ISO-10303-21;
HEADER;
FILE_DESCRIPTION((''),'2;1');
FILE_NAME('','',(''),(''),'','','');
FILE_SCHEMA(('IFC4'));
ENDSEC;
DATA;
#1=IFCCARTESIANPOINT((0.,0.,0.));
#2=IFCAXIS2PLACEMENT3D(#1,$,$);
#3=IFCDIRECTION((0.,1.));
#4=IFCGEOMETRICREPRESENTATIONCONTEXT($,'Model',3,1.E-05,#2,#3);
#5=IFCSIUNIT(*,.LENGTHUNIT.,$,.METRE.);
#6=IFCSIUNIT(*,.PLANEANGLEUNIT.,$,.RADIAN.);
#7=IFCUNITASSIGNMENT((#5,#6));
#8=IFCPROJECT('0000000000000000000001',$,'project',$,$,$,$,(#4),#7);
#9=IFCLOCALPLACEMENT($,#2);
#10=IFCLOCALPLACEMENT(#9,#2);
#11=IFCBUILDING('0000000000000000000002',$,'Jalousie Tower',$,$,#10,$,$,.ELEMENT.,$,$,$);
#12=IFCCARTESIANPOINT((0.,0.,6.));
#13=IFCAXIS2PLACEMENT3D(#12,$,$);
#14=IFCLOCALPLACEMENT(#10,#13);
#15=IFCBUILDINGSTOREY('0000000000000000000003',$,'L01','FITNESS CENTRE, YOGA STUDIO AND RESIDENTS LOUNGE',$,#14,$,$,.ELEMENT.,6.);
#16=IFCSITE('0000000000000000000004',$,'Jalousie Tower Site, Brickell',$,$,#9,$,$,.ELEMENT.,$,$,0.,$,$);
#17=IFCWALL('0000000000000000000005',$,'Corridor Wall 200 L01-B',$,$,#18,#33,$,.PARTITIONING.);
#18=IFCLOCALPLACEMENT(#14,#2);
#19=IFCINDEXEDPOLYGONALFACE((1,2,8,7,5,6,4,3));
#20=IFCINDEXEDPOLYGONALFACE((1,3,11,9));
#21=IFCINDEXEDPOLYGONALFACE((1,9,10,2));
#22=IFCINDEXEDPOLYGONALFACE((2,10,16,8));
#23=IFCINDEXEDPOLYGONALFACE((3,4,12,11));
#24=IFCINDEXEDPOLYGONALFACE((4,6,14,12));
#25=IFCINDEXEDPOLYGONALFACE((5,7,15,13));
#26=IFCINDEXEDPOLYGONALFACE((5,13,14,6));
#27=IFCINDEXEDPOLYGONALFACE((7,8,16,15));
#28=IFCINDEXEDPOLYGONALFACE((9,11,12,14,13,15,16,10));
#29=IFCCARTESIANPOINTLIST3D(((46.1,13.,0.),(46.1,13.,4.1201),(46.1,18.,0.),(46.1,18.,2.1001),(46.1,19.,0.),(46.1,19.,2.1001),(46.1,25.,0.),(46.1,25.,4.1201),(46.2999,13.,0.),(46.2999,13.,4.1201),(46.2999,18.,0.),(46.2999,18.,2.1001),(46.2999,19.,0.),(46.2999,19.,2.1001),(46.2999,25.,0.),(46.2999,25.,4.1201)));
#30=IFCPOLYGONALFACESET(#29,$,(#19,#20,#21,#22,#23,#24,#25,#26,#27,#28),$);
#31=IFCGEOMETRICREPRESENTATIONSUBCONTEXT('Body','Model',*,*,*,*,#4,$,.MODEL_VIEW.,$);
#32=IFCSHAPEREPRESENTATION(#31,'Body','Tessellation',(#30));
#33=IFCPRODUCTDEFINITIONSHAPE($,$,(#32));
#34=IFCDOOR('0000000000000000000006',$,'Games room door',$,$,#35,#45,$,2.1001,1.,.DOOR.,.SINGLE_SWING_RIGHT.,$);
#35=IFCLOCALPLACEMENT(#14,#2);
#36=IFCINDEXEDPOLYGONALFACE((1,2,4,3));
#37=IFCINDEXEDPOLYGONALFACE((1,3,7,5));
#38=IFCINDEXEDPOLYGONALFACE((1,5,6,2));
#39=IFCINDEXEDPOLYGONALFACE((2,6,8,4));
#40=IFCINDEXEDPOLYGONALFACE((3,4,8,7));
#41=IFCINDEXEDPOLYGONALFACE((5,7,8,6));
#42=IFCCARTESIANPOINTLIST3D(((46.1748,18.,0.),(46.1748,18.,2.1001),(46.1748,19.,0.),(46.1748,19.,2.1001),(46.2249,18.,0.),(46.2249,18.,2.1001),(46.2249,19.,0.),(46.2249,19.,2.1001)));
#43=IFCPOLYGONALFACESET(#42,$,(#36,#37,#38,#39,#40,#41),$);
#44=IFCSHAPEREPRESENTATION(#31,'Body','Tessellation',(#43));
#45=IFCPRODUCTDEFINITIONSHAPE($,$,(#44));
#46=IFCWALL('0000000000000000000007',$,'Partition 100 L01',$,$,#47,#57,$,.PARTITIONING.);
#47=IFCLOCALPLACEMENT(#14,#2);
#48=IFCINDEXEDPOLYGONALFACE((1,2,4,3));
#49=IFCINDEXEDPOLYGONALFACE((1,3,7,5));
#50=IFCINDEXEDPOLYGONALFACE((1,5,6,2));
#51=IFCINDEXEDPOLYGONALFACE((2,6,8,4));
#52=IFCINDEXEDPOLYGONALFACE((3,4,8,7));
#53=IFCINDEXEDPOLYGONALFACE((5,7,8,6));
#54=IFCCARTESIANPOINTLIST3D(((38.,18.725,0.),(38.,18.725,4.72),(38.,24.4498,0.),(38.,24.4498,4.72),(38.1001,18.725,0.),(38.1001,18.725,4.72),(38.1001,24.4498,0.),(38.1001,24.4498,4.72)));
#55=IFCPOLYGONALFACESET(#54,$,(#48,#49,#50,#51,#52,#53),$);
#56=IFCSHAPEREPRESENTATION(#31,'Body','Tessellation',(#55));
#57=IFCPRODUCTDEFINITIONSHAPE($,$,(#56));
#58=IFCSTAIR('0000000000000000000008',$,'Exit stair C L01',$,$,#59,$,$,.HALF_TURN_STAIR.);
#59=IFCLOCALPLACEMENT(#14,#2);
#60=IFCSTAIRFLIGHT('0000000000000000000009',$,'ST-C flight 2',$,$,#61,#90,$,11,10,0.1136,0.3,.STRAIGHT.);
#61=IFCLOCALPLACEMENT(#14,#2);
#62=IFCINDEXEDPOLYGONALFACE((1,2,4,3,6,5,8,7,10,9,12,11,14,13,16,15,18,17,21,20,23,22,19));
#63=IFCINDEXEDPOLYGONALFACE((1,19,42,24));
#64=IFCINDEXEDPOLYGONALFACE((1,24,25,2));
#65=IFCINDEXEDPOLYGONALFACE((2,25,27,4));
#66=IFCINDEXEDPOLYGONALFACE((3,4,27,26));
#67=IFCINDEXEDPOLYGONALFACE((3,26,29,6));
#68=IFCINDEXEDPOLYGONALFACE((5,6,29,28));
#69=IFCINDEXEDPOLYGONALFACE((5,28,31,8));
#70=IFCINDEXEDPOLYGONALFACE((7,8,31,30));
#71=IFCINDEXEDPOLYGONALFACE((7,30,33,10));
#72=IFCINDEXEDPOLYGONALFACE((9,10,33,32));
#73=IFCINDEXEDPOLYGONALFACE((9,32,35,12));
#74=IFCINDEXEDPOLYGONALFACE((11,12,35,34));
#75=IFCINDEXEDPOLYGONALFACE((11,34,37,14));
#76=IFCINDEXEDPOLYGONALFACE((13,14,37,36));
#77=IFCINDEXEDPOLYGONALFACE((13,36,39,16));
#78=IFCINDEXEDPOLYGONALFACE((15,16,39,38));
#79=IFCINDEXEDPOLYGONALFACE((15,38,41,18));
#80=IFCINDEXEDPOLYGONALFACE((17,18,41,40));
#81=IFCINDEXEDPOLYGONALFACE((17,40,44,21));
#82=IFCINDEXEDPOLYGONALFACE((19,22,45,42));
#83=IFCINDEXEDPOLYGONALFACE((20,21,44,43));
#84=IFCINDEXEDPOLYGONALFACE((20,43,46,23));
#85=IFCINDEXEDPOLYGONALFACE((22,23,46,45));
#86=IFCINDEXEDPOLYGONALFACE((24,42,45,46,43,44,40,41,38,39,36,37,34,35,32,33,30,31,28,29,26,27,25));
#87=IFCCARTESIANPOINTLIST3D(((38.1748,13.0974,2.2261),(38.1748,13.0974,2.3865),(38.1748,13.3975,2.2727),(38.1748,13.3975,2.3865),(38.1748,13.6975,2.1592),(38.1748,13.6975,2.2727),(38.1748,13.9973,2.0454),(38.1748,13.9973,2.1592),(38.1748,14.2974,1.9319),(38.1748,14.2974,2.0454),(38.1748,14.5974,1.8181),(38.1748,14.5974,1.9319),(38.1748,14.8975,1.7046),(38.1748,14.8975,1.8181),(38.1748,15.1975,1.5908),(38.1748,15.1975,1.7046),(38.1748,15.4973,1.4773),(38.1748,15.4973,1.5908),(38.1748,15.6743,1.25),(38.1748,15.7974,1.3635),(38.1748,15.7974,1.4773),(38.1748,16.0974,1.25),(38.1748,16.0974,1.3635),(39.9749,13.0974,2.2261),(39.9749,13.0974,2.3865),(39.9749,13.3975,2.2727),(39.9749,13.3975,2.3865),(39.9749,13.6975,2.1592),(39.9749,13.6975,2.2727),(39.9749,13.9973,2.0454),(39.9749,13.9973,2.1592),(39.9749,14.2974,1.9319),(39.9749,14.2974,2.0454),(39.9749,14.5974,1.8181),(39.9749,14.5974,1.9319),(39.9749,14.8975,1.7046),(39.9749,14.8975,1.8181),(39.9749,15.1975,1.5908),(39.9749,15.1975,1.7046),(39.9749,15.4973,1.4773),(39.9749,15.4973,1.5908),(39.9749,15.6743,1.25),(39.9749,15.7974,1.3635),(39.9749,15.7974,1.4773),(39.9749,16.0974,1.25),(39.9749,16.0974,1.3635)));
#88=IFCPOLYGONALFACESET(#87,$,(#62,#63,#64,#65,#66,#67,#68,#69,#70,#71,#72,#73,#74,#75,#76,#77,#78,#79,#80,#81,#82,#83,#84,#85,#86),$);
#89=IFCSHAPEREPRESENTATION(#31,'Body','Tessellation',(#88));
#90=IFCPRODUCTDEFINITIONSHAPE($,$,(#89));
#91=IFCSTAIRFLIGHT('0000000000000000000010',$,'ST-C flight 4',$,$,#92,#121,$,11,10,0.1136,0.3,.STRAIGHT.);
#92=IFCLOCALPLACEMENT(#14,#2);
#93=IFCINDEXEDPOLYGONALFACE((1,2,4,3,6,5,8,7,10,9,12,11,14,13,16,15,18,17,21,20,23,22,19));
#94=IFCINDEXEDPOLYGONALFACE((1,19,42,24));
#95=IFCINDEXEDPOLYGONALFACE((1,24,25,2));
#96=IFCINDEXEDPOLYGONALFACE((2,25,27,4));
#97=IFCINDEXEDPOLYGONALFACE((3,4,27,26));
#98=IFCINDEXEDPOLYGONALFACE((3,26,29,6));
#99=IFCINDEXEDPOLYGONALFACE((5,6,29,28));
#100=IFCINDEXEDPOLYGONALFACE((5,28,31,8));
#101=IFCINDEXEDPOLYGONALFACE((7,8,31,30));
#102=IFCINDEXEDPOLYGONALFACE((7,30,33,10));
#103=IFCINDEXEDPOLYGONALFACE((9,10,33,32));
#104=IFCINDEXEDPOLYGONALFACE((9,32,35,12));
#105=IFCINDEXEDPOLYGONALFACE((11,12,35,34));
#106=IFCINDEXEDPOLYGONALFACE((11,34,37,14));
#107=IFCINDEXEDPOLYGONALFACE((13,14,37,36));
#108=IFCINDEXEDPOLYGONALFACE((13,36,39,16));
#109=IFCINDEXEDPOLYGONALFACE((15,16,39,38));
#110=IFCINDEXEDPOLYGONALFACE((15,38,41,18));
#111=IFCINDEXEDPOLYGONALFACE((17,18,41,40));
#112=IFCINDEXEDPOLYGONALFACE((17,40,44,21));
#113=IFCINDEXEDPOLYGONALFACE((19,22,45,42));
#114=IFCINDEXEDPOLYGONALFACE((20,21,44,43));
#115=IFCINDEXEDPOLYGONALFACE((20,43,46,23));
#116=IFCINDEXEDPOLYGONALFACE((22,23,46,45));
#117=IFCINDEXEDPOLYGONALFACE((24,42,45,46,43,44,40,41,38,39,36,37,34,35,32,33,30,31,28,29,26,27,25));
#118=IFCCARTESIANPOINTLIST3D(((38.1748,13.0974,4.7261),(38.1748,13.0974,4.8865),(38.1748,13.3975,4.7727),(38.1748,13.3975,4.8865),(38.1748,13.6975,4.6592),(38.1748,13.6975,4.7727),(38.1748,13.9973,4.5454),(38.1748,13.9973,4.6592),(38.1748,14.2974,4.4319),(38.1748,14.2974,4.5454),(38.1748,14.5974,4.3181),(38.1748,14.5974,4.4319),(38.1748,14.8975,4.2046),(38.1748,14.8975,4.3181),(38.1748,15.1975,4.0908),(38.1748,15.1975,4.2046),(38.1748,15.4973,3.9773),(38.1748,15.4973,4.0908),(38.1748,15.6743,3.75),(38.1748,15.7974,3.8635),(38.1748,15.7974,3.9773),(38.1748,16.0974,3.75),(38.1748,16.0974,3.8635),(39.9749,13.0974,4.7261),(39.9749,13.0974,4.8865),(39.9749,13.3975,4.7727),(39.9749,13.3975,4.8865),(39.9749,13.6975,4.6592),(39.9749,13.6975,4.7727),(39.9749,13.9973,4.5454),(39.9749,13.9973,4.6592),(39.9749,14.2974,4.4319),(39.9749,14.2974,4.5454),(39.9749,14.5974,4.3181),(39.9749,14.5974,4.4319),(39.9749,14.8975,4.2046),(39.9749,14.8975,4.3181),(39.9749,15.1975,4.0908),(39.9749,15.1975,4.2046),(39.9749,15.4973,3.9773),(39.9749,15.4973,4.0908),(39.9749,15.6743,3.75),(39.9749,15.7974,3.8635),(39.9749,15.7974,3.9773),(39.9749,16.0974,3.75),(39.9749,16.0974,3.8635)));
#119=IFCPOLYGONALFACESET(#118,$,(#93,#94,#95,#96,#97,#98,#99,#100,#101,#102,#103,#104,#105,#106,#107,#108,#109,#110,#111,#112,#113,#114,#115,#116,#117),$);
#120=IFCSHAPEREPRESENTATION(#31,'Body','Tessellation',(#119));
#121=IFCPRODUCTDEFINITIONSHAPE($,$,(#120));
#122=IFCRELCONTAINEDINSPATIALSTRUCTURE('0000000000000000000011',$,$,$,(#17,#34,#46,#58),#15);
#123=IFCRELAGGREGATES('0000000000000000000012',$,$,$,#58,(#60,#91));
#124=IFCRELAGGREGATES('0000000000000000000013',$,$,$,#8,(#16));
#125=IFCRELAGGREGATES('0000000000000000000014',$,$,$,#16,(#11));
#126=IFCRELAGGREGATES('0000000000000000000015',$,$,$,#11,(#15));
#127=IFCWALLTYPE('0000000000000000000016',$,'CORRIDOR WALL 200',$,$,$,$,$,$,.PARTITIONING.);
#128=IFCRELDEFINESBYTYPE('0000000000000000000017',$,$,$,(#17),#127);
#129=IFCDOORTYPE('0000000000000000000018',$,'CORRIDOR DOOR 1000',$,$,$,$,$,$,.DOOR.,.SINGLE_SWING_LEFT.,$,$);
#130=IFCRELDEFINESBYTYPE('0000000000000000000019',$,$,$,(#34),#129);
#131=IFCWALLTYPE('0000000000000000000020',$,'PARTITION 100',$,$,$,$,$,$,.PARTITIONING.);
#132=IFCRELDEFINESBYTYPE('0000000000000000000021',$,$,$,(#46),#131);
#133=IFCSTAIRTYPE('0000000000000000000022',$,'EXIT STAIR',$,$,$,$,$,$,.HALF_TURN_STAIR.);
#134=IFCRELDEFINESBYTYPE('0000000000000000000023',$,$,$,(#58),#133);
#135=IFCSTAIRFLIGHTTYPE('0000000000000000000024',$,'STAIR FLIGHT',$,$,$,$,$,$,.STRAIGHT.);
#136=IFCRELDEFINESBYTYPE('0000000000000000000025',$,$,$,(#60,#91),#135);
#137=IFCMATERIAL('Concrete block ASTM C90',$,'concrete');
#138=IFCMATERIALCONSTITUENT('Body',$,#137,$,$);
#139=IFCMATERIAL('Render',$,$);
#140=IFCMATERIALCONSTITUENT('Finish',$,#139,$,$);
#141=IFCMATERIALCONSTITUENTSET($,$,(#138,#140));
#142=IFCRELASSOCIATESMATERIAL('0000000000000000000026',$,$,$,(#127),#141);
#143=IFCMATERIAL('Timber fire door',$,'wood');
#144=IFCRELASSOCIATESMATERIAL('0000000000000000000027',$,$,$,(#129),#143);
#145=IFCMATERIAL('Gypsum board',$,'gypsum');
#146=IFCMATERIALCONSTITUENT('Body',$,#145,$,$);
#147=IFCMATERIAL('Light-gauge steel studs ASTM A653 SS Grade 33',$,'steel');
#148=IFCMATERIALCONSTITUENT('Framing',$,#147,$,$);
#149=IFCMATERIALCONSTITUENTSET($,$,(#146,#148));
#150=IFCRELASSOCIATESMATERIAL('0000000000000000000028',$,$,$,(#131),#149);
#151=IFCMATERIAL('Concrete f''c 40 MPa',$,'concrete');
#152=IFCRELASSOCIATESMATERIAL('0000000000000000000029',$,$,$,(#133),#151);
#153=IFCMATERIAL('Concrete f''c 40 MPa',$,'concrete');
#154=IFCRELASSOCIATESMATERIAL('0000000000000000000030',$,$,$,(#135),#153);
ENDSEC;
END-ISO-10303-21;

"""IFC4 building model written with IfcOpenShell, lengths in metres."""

from ifc_helpers import new_model, si_unit, direction, frame, frame_2d, origin, place, context, subcontext, project, spatial, polyline, rectangle, outline, extrude, material, constituent, constituent_set, type_object, element, fill, aggregate, save


model = new_model("IFC4")

# Units and contexts
model_context = context("Model", 3, precision=1e-05, world=origin(), true_north=direction((0.0, 1.0)))
body_context = subcontext(model_context, "Body", "Model", "MODEL_VIEW")
ifc_project = project(units=[si_unit("LENGTHUNIT", "METRE"), si_unit("PLANEANGLEUNIT", "RADIAN")], contexts=[model_context])

# Site, building, storey
site_placement = place(None, origin())
site = spatial("IfcSite", under=ifc_project, at=site_placement, Name="Jalousie Tower Site, Brickell", CompositionType="ELEMENT", RefElevation=0.0)
building_placement = place(site_placement, origin())
building = spatial("IfcBuilding", under=site, at=building_placement, Name="Jalousie Tower", CompositionType="ELEMENT")
storey_placement = place(building_placement, frame((0.0, 0.0, 6.0)))
storey = spatial("IfcBuildingStorey", under=building, at=storey_placement, Name="L01", Description="FITNESS CENTRE, YOGA STUDIO AND RESIDENTS LOUNGE", CompositionType="ELEMENT", Elevation=6.0)

# Wall, opening, door
ifc_material_1 = material(Name="Concrete block ASTM C90", Category="concrete")
ifc_constituent_1 = constituent(ifc_material_1, Name="Body")
ifc_material_2 = material(Name="Render")
ifc_constituent_2 = constituent(ifc_material_2, Name="Finish")
ifc_constituent_set_1 = constituent_set(constituents=[ifc_constituent_1, ifc_constituent_2])
wall_type_1 = type_object("IfcWallType", Name="CORRIDOR WALL 200", PredefinedType="PARTITIONING", material=ifc_constituent_set_1)
wall_1_placement = place(storey_placement, frame((46.2, 13.0, 0.0), z_axis=(0.0, 0.0, 1.0), x_axis=(0.0, 1.0, 0.0)))
wall_1 = element("IfcWall", 1, at=wall_1_placement, inside=storey, type_object=wall_type_1, Name="Corridor Wall 200 L01-B", PredefinedType="PARTITIONING", context=body_context, shape_type="SweptSolid", body=[
    extrude(rectangle(XDim=12.0, YDim=0.2, at=frame_2d((6.0, 0.0))), origin(), (0.0, 0.0, 1.0), 4.1201),
])
opening_1_placement = place(wall_1_placement, frame((5.0, 0.0, 0.0)))
opening_1 = element("IfcOpeningElement", 2, at=opening_1_placement, cuts=wall_1, PredefinedType="OPENING", context=body_context, shape_type="SweptSolid", body=[
    extrude(rectangle(XDim=1.0, YDim=2.1001, at=frame_2d((0.5, 1.05))), frame((0.0, 0.1099, 0.0), z_axis=(0.0, -1.0, 0.0), x_axis=(1.0, 0.0, 0.0)), (0.0, 0.0, 1.0), 0.22),
])
ifc_material_3 = material(Name="Timber fire door", Category="wood")
door_type_1 = type_object("IfcDoorType", Name="CORRIDOR DOOR 1000", OperationType="SINGLE_SWING_LEFT", PredefinedType="DOOR", material=ifc_material_3)
door_1_placement = place(opening_1_placement, frame((1.0, 0.0, 0.0), z_axis=(0.0, 0.0, 1.0), x_axis=(-1.0, 0.0, 0.0)))
door_1 = element("IfcDoor", 3, at=door_1_placement, inside=storey, type_object=door_type_1, Name="Games room door", OperationType="SINGLE_SWING_RIGHT", OverallHeight=2.1001, OverallWidth=1.0, PredefinedType="DOOR", context=body_context, shape_type="SweptSolid", body=[
    extrude(rectangle(XDim=1.0, YDim=2.1001, at=frame_2d((0.5, 1.05))), frame((0.0, 0.0249, 0.0), z_axis=(0.0, -1.0, 0.0), x_axis=(1.0, 0.0, 0.0)), (0.0, 0.0, 1.0), 0.05),
])
fill(opening_1, door_1)

# Wall
ifc_material_4 = material(Name="Gypsum board", Category="gypsum")
ifc_constituent_3 = constituent(ifc_material_4, Name="Body")
ifc_material_5 = material(Name="Light-gauge steel studs ASTM A653 SS Grade 33", Category="steel")
ifc_constituent_4 = constituent(ifc_material_5, Name="Framing")
ifc_constituent_set_2 = constituent_set(constituents=[ifc_constituent_3, ifc_constituent_4])
wall_type_2 = type_object("IfcWallType", Name="PARTITION 100", PredefinedType="PARTITIONING", material=ifc_constituent_set_2)
wall_2_placement = place(storey_placement, frame((38.05, 18.7251, 0.0), z_axis=(0.0, 0.0, 1.0), x_axis=(0.0, 1.0, 0.0)))
element("IfcWall", 4, at=wall_2_placement, inside=storey, type_object=wall_type_2, Name="Partition 100 L01", PredefinedType="PARTITIONING", context=body_context, shape_type="SweptSolid", body=[
    extrude(rectangle(XDim=5.7249, YDim=0.1001, at=frame_2d((2.8623, 0.0))), origin(), (0.0, 0.0, 1.0), 4.72),
])

# Stair, stair flights
ifc_material_6 = material(Name="Concrete f'c 40 MPa", Category="concrete")
stair_type = type_object("IfcStairType", Name="EXIT STAIR", PredefinedType="HALF_TURN_STAIR", material=ifc_material_6)
stair_placement = place(storey_placement, origin())
stair = element("IfcStair", 5, at=stair_placement, inside=storey, type_object=stair_type, Name="Exit stair C L01", PredefinedType="HALF_TURN_STAIR")
ifc_material_7 = material(Name="Concrete f'c 40 MPa", Category="concrete")
stair_flight_type = type_object("IfcStairFlightType", Name="STAIR FLIGHT", PredefinedType="STRAIGHT", material=ifc_material_7)
stair_flight_1_placement = place(storey_placement, frame((39.075, 16.0974, 1.25), z_axis=(0.0, 0.0, 1.0), x_axis=(0.0, -1.0, 0.0)))
stair_flight_1 = element("IfcStairFlight", 6, at=stair_flight_1_placement, type_object=stair_flight_type, Name="ST-C flight 2", NumberOfRisers=11, NumberOfTreads=10, PredefinedType="STRAIGHT", RiserHeight=0.1136, TreadLength=0.3, context=body_context, shape_type="SweptSolid", body=[
    extrude(outline(polyline([(0.0, 0.0), (0.0, 0.1135), (0.3, 0.1135), (0.3, 0.2273), (0.6001, 0.2273), (0.6001, 0.3408), (0.8999, 0.3408), (0.8999, 0.4546), (1.2, 0.4546), (1.2, 0.5681), (1.5, 0.5681), (1.5, 0.6819), (1.8, 0.6819), (1.8, 0.7954), (2.1001, 0.7954), (2.1001, 0.9092), (2.3999, 0.9092), (2.3999, 1.0227), (2.7, 1.0227), (2.7, 1.1365), (3.0, 1.1365), (3.0, 1.25), (3.0, 0.9761), (0.4231, 0.0), (0.0, 0.0)])), frame((0.0, 0.8999, 0.0), z_axis=(0.0, -1.0, 0.0), x_axis=(1.0, 0.0, 0.0)), (0.0, 0.0, 1.0), 1.8),
])
stair_flight_2_placement = place(storey_placement, frame((39.075, 16.0974, 3.75), z_axis=(0.0, 0.0, 1.0), x_axis=(0.0, -1.0, 0.0)))
stair_flight_2 = element("IfcStairFlight", 7, at=stair_flight_2_placement, type_object=stair_flight_type, Name="ST-C flight 4", NumberOfRisers=11, NumberOfTreads=10, PredefinedType="STRAIGHT", RiserHeight=0.1136, TreadLength=0.3, context=body_context, shape_type="SweptSolid", body=[
    extrude(outline(polyline([(0.0, 0.0), (0.0, 0.1135), (0.3, 0.1135), (0.3, 0.2273), (0.6001, 0.2273), (0.6001, 0.3408), (0.8999, 0.3408), (0.8999, 0.4546), (1.2, 0.4546), (1.2, 0.5681), (1.5, 0.5681), (1.5, 0.6819), (1.8, 0.6819), (1.8, 0.7954), (2.1001, 0.7954), (2.1001, 0.9092), (2.3999, 0.9092), (2.3999, 1.0227), (2.7, 1.0227), (2.7, 1.1365), (3.0, 1.1365), (3.0, 1.25), (3.0, 0.9761), (0.4231, 0.0), (0.0, 0.0)])), frame((0.0, 0.8999, 0.0), z_axis=(0.0, -1.0, 0.0), x_axis=(1.0, 0.0, 0.0)), (0.0, 0.0, 1.0), 1.8),
])
aggregate(stair, [stair_flight_1, stair_flight_2])

save(model, "model.ifc")
